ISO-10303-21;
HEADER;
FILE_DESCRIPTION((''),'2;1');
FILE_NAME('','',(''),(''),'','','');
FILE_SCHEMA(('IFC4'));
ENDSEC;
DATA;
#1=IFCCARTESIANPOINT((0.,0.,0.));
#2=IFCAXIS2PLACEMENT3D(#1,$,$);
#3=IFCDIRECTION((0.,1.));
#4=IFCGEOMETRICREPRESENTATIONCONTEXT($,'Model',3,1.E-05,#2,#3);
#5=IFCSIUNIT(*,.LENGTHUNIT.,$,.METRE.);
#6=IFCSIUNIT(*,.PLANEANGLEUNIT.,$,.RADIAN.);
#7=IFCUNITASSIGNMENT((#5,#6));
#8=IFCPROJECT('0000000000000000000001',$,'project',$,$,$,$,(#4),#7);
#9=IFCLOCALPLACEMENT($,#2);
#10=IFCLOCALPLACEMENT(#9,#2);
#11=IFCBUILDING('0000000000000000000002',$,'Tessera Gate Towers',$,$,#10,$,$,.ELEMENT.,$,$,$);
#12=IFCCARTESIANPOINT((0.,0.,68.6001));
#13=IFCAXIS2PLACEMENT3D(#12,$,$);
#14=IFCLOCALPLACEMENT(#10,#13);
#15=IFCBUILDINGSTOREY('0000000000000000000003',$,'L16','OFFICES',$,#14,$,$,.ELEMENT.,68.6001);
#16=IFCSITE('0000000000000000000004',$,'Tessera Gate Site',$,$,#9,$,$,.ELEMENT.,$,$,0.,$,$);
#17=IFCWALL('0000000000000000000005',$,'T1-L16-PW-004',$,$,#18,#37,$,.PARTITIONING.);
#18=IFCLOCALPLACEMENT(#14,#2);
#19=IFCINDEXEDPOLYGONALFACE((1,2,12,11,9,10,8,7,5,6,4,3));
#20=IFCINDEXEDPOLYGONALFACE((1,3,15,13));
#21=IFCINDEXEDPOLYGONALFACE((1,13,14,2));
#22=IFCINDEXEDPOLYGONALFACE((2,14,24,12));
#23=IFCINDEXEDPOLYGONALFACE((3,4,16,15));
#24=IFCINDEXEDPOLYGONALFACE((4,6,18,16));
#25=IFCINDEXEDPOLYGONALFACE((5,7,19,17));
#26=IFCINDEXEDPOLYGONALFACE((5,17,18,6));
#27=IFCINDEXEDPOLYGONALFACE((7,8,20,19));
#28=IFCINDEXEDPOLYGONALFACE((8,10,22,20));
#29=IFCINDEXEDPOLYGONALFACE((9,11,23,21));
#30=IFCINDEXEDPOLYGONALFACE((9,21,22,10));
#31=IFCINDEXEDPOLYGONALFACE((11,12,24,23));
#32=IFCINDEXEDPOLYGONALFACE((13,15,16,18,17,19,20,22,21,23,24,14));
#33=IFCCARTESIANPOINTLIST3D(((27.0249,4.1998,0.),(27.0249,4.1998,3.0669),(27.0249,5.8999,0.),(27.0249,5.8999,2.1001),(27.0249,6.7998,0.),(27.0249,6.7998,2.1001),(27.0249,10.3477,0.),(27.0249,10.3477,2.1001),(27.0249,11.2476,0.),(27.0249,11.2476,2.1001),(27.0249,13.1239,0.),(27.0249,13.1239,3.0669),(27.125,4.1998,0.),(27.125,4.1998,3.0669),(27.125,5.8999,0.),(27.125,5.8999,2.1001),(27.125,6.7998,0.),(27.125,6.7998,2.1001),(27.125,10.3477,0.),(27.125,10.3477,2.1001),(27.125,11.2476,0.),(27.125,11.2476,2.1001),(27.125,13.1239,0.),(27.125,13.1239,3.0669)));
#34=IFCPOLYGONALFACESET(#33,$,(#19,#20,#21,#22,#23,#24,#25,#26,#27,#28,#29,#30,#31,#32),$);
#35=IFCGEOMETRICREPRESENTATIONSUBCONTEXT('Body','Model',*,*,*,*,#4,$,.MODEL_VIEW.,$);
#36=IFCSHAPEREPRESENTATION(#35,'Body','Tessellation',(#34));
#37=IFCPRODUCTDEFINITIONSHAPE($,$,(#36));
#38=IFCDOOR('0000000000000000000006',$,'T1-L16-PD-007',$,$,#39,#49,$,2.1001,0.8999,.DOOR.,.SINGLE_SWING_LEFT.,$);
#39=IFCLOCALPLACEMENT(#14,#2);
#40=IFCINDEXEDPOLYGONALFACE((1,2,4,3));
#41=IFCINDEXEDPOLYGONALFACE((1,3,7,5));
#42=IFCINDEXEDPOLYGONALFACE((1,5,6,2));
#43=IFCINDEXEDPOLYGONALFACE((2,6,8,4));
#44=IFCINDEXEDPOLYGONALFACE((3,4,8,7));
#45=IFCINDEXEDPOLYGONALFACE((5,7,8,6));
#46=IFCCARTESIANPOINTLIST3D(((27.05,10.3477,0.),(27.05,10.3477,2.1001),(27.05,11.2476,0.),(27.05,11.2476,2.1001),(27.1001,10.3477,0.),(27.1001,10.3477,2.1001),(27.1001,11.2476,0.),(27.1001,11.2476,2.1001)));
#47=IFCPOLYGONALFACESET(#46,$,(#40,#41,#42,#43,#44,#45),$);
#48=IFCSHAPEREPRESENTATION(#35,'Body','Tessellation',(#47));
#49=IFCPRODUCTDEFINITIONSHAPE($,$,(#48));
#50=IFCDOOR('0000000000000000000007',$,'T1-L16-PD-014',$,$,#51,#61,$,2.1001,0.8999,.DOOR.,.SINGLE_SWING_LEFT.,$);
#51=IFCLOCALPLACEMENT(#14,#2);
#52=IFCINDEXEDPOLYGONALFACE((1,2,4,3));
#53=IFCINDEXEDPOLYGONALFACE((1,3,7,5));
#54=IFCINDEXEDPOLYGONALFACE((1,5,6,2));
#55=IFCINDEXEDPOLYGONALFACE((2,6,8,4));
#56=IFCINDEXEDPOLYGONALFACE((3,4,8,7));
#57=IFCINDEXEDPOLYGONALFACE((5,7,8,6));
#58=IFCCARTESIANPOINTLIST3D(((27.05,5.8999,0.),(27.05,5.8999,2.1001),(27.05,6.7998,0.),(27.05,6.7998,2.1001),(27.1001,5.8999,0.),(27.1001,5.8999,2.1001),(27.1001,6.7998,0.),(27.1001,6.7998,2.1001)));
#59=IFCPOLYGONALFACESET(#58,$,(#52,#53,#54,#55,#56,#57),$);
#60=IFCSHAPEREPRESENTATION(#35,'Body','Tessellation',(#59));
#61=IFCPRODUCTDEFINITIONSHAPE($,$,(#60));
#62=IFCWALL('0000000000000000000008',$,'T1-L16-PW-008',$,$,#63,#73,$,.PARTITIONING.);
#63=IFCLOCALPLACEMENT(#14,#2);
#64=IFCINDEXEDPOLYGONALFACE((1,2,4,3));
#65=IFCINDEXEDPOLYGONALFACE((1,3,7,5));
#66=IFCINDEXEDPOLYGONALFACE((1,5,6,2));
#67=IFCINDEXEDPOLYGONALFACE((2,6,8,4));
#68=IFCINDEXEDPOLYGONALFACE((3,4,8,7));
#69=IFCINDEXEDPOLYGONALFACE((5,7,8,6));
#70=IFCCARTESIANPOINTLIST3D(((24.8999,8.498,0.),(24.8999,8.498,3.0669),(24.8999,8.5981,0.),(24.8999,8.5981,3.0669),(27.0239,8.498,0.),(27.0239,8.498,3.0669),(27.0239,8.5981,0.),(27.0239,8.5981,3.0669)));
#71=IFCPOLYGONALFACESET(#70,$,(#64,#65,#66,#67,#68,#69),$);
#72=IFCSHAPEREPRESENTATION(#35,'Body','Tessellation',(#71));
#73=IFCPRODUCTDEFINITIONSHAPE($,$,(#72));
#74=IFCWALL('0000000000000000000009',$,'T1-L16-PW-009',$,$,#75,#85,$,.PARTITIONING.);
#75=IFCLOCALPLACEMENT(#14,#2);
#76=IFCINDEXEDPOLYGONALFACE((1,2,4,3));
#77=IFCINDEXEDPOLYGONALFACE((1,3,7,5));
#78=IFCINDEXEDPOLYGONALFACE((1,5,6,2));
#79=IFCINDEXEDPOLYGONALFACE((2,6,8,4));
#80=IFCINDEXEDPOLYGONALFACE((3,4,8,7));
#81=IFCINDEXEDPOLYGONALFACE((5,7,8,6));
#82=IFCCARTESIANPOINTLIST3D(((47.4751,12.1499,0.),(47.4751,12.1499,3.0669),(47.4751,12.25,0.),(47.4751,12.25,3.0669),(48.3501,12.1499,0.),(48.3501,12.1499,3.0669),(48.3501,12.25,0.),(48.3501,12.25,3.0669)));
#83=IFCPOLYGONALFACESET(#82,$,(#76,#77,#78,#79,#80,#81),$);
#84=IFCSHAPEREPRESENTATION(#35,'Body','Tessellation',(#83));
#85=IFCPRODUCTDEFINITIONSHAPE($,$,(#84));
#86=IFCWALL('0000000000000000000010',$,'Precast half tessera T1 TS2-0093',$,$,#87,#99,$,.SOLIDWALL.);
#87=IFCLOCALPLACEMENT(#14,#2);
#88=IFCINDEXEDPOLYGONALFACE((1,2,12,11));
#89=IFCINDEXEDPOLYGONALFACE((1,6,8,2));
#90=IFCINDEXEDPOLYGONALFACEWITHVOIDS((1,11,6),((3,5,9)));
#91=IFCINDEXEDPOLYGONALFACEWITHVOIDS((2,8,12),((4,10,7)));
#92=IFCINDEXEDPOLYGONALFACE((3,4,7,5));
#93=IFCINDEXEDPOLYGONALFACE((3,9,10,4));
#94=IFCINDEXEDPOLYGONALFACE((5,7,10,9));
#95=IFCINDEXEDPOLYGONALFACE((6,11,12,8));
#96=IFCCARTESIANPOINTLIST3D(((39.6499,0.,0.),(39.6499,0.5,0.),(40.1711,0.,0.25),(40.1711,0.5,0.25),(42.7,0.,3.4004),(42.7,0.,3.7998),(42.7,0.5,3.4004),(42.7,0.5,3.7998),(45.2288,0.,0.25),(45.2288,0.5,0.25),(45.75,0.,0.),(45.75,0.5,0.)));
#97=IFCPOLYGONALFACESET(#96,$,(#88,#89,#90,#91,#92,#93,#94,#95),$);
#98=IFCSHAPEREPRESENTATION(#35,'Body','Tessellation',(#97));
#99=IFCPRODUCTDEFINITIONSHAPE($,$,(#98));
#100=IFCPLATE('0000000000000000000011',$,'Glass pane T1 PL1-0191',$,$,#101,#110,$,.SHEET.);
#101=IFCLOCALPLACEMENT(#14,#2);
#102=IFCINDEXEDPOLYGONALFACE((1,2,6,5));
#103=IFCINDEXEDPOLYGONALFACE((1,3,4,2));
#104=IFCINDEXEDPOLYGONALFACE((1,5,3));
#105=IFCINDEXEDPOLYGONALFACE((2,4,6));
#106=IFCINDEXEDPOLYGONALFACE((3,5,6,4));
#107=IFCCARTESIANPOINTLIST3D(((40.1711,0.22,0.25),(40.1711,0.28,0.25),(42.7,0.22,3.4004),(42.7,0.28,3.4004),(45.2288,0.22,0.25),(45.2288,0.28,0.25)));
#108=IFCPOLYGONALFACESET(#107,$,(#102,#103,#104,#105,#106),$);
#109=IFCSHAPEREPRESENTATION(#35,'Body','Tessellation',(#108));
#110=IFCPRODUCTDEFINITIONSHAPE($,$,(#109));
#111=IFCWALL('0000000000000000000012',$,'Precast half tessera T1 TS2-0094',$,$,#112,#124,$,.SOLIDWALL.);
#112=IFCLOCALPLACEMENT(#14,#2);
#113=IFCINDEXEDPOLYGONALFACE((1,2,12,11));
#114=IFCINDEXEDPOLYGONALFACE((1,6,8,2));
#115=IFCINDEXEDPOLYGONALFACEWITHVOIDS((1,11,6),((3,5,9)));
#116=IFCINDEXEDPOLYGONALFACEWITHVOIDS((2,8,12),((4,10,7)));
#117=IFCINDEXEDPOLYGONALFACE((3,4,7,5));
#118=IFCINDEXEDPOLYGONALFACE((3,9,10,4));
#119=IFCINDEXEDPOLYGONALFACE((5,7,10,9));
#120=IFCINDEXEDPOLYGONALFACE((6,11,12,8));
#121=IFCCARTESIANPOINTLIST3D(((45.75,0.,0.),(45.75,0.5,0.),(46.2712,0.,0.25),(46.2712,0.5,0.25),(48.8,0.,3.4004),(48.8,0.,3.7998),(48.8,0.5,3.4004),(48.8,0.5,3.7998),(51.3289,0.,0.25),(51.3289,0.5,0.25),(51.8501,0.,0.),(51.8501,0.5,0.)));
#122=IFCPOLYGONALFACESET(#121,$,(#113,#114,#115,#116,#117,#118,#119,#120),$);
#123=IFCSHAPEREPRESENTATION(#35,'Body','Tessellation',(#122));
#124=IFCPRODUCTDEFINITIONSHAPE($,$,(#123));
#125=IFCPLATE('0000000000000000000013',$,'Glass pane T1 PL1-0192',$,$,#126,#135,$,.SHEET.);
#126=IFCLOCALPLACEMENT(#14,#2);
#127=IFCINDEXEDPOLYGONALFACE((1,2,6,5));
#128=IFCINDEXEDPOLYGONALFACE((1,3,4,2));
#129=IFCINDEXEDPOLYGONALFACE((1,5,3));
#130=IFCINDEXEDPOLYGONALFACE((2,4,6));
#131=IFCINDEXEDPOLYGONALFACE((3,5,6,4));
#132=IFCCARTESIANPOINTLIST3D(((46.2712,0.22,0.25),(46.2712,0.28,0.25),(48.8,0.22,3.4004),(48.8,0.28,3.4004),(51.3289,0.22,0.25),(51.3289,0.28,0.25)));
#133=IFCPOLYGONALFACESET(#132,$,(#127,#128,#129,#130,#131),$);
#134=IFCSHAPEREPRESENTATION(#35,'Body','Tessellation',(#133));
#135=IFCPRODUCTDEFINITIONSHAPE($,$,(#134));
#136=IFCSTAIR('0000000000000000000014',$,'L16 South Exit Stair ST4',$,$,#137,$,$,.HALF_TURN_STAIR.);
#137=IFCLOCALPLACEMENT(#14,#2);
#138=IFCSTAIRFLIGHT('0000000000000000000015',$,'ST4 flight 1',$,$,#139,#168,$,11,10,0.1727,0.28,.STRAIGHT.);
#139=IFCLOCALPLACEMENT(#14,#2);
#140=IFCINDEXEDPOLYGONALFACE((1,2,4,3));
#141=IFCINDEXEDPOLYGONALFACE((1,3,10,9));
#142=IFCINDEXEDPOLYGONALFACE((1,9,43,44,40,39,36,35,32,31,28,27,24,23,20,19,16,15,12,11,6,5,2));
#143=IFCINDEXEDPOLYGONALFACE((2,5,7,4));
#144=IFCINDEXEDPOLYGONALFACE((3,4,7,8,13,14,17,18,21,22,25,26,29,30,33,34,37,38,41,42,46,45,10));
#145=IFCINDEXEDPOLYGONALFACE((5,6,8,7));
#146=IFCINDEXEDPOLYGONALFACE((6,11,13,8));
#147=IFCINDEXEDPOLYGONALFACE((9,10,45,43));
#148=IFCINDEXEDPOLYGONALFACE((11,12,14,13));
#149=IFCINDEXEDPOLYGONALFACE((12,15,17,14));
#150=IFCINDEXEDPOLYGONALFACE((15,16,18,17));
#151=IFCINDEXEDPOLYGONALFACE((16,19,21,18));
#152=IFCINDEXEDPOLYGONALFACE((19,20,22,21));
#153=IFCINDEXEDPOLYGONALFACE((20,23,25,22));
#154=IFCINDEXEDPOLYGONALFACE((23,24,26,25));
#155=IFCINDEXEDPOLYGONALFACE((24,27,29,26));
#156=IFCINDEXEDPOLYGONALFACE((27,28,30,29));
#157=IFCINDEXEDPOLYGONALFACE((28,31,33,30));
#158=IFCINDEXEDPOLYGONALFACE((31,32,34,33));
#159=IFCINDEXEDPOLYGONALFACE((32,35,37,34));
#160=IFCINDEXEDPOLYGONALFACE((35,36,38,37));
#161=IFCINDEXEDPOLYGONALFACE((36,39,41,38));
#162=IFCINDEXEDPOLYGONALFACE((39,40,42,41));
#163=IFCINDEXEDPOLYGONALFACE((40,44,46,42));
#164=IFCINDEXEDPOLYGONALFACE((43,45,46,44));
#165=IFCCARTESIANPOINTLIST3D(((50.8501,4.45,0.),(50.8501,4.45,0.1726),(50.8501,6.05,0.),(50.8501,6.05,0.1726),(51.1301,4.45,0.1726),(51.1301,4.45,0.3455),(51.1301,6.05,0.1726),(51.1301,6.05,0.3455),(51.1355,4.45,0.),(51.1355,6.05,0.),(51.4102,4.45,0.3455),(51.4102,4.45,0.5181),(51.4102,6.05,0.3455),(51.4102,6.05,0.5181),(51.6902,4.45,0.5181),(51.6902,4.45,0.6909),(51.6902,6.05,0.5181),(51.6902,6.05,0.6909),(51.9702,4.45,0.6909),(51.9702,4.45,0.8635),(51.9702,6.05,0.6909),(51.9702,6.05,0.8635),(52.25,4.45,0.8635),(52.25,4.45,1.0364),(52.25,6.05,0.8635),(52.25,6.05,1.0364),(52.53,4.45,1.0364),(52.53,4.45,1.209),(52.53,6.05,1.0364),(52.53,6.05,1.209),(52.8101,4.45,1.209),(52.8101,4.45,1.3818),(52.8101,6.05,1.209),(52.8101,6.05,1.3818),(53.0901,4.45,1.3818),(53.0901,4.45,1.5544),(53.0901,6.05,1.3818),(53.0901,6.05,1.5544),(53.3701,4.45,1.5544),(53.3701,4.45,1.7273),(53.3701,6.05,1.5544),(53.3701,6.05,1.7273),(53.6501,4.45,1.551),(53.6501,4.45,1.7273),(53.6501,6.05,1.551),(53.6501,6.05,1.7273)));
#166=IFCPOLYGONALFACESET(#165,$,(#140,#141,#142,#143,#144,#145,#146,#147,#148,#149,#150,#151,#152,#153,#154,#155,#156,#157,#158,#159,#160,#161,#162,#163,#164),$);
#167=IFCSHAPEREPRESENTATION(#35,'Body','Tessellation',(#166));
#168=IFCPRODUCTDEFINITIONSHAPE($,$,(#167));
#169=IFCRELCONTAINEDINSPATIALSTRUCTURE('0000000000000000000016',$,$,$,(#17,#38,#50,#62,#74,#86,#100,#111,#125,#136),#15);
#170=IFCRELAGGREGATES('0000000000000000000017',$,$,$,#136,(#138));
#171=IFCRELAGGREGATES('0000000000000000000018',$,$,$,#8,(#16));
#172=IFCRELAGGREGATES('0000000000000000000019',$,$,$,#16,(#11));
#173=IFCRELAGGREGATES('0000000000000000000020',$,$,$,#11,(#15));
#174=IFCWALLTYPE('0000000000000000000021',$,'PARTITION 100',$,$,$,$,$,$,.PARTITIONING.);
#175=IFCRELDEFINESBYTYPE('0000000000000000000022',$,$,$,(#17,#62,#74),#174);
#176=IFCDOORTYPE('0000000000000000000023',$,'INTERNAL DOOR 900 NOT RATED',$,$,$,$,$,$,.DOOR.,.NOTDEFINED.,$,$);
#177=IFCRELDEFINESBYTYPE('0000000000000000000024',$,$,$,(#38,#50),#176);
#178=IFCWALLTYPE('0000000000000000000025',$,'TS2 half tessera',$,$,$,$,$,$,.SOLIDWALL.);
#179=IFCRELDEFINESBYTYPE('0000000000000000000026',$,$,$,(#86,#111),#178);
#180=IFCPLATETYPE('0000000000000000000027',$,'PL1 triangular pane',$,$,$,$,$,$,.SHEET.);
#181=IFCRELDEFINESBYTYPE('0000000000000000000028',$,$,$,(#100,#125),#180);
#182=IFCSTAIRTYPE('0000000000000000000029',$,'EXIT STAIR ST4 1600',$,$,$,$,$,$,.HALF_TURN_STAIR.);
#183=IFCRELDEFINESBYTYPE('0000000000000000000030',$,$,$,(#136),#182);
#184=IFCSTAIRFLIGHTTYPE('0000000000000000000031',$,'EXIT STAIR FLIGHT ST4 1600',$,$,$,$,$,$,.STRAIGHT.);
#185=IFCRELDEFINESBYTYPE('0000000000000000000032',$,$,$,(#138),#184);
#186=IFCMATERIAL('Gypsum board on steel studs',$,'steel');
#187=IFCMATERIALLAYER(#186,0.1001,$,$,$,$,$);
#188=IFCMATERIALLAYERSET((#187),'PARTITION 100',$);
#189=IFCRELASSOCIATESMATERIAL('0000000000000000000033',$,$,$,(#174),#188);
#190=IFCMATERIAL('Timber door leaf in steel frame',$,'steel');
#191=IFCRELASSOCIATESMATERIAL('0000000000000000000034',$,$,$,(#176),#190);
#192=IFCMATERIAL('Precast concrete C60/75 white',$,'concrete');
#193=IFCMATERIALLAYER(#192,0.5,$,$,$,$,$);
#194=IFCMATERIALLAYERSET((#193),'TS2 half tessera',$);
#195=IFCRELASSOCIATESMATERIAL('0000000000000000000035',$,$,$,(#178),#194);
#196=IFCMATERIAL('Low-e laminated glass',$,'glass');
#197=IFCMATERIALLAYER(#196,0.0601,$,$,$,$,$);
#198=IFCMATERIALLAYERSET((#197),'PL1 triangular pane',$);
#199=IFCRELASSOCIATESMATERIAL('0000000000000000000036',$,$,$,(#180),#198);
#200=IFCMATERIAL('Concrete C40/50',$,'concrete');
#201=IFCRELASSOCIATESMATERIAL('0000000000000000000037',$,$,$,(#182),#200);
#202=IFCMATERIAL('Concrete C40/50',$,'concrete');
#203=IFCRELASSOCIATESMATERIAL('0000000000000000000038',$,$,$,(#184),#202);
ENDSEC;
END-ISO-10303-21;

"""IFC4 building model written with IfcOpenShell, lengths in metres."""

from ifc_helpers import new_model, si_unit, direction, frame, frame_2d, origin, place, context, subcontext, project, spatial, polyline, rectangle, outline, extrude, source, transform, mapped, material, layer, layer_set, type_object, element, fill, aggregate, save


model = new_model("IFC4")

# Units and contexts
model_context = context("Model", 3, precision=1e-05, world=origin(), true_north=direction((0.0, 1.0)))
body_context = subcontext(model_context, "Body", "Model", "MODEL_VIEW")
ifc_project = project(units=[si_unit("LENGTHUNIT", "METRE"), si_unit("PLANEANGLEUNIT", "RADIAN")], contexts=[model_context])

# Site, building, storey
site_placement = place(None, origin())
site = spatial("IfcSite", under=ifc_project, at=site_placement, Name="Tessera Gate Site", CompositionType="ELEMENT", RefElevation=0.0)
building_placement = place(site_placement, origin())
building = spatial("IfcBuilding", under=site, at=building_placement, Name="Tessera Gate Towers", CompositionType="ELEMENT")
storey_placement = place(building_placement, frame((0.0, 0.0, 68.6001)))
storey = spatial("IfcBuildingStorey", under=building, at=storey_placement, Name="L16", Description="OFFICES", CompositionType="ELEMENT", Elevation=68.6001)

# Shared definitions
shared_shape_1 = source(origin(), body_context, "Body", "SweptSolid", [
    extrude(rectangle(XDim=0.8999, YDim=2.1001, at=frame_2d((0.45, 1.05))), frame((0.0, 0.0249, 0.0), z_axis=(0.0, -1.0, 0.0), x_axis=(1.0, 0.0, 0.0)), (0.0, 0.0, 1.0), 0.05),
])

# Shared definitions
ifc_material_1 = material(Name="Gypsum board on steel studs", Category="steel")
ifc_layer_1 = layer(ifc_material_1, 0.1001)
ifc_layer_set_1 = layer_set([ifc_layer_1], Name="PARTITION 100")
wall_type_1 = type_object("IfcWallType", Name="PARTITION 100", PredefinedType="PARTITIONING", material=ifc_layer_set_1)

# Wall, openings, doors
wall_1_placement = place(storey_placement, frame((27.075, 4.2, 0.0), z_axis=(0.0, 0.0, 1.0), x_axis=(0.0, 1.0, 0.0)))
wall_1 = element("IfcWall", 1, at=wall_1_placement, inside=storey, type_object=wall_type_1, Name="T1-L16-PW-004", PredefinedType="PARTITIONING", context=body_context, shape_type="SweptSolid", body=[
    extrude(rectangle(XDim=8.9241, YDim=0.1001, at=frame_2d((4.4619, 0.0))), origin(), (0.0, 0.0, 1.0), 3.0669),
])
shared_shape_2 = source(origin(), body_context, "Body", "SweptSolid", [
    extrude(rectangle(XDim=0.8999, YDim=2.1001, at=frame_2d((0.45, 1.05))), frame((0.0, 0.0601, 0.0), z_axis=(0.0, -1.0, 0.0), x_axis=(1.0, 0.0, 0.0)), (0.0, 0.0, 1.0), 0.1201),
])
opening_1_placement = place(wall_1_placement, frame((6.1477, 0.0, 0.0)))
opening_1 = element("IfcOpeningElement", 2, at=opening_1_placement, cuts=wall_1, PredefinedType="OPENING", context=body_context, shape_type="MappedRepresentation", body=[
    mapped(shared_shape_2, transform((0.0, 0.0, 0.0), scale=1.0)),
])
opening_2_placement = place(wall_1_placement, frame((1.7, 0.0, 0.0)))
opening_2 = element("IfcOpeningElement", 3, at=opening_2_placement, cuts=wall_1, PredefinedType="OPENING", context=body_context, shape_type="MappedRepresentation", body=[
    mapped(shared_shape_2, transform((0.0, 0.0, 0.0), scale=1.0)),
])
ifc_material_2 = material(Name="Timber door leaf in steel frame", Category="steel")
door_type_1 = type_object("IfcDoorType", Name="INTERNAL DOOR 900 NOT RATED", OperationType="NOTDEFINED", PredefinedType="DOOR", material=ifc_material_2)
door_1_placement = place(opening_1_placement, origin())
door_1 = element("IfcDoor", 4, at=door_1_placement, inside=storey, type_object=door_type_1, Name="T1-L16-PD-007", OperationType="SINGLE_SWING_LEFT", OverallHeight=2.1001, OverallWidth=0.8999, PredefinedType="DOOR", context=body_context, shape_type="MappedRepresentation", body=[
    mapped(shared_shape_1, transform((0.0, 0.0, 0.0), scale=1.0)),
])
fill(opening_1, door_1)
door_2_placement = place(opening_2_placement, origin())
door_2 = element("IfcDoor", 5, at=door_2_placement, inside=storey, type_object=door_type_1, Name="T1-L16-PD-014", OperationType="SINGLE_SWING_LEFT", OverallHeight=2.1001, OverallWidth=0.8999, PredefinedType="DOOR", context=body_context, shape_type="MappedRepresentation", body=[
    mapped(shared_shape_1, transform((0.0, 0.0, 0.0), scale=1.0)),
])
fill(opening_2, door_2)

# Walls
wall_2_placement = place(storey_placement, frame((24.8999, 8.5481, 0.0), z_axis=(0.0, 0.0, 1.0), x_axis=(1.0, 0.0, 0.0)))
element("IfcWall", 6, at=wall_2_placement, inside=storey, type_object=wall_type_1, Name="T1-L16-PW-008", PredefinedType="PARTITIONING", context=body_context, shape_type="SweptSolid", body=[
    extrude(rectangle(XDim=2.124, YDim=0.1001, at=frame_2d((1.062, 0.0))), origin(), (0.0, 0.0, 1.0), 3.0669),
])
wall_3_placement = place(storey_placement, frame((48.3501, 12.2, 0.0), z_axis=(0.0, 0.0, 1.0), x_axis=(-1.0, 0.0, 0.0)))
element("IfcWall", 7, at=wall_3_placement, inside=storey, type_object=wall_type_1, Name="T1-L16-PW-009", PredefinedType="PARTITIONING", context=body_context, shape_type="SweptSolid", body=[
    extrude(rectangle(XDim=0.875, YDim=0.1001, at=frame_2d((0.4375, 0.0))), origin(), (0.0, 0.0, 1.0), 3.0669),
])

# Walls, openings, plates
ifc_material_3 = material(Name="Precast concrete C60/75 white", Category="concrete")
ifc_layer_2 = layer(ifc_material_3, 0.5)
ifc_layer_set_2 = layer_set([ifc_layer_2], Name="TS2 half tessera")
wall_type_2 = type_object("IfcWallType", Name="TS2 half tessera", PredefinedType="SOLIDWALL", material=ifc_layer_set_2)
shared_shape_3 = source(origin(), body_context, "Body", "SweptSolid", [
    extrude(outline(polyline([(6.1001, 0.0), (3.05, 3.7998), (0.0, 0.0), (6.1001, 0.0)])), frame((0.0, 0.25, 0.0), z_axis=(0.0, -1.0, 0.0), x_axis=(1.0, 0.0, 0.0)), (0.0, 0.0, 1.0), 0.5),
])
wall_4_placement = place(storey_placement, frame((39.6499, 0.25, 0.0), z_axis=(0.0, 0.0, 1.0), x_axis=(1.0, 0.0, 0.0)))
wall_4 = element("IfcWall", 8, at=wall_4_placement, inside=storey, type_object=wall_type_2, Name="Precast half tessera T1 TS2-0093", PredefinedType="SOLIDWALL", context=body_context, shape_type="MappedRepresentation", body=[
    mapped(shared_shape_3, transform((0.0, 0.0, 0.0), scale=1.0)),
])
shared_shape_4 = source(origin(), body_context, "Body", "SweptSolid", [
    extrude(outline(polyline([(5.5789, 0.25), (3.05, 3.4004), (0.5212, 0.25), (5.5789, 0.25)])), frame((0.0, 0.26, 0.0), z_axis=(0.0, -1.0, 0.0), x_axis=(1.0, 0.0, 0.0)), (0.0, 0.0, 1.0), 0.52),
])
opening_3_placement = place(wall_4_placement, origin())
opening_3 = element("IfcOpeningElement", 9, at=opening_3_placement, cuts=wall_4, PredefinedType="OPENING", context=body_context, shape_type="MappedRepresentation", body=[
    mapped(shared_shape_4, transform((0.0, 0.0, 0.0), scale=1.0)),
])
ifc_material_4 = material(Name="Low-e laminated glass", Category="glass")
ifc_layer_3 = layer(ifc_material_4, 0.0601)
ifc_layer_set_3 = layer_set([ifc_layer_3], Name="PL1 triangular pane")
plate_type = type_object("IfcPlateType", Name="PL1 triangular pane", PredefinedType="SHEET", material=ifc_layer_set_3)
shared_shape_5 = source(origin(), body_context, "Body", "SweptSolid", [
    extrude(outline(polyline([(5.5789, 0.25), (3.05, 3.4004), (0.5212, 0.25), (5.5789, 0.25)])), frame((0.0, 0.03, 0.0), z_axis=(0.0, -1.0, 0.0), x_axis=(1.0, 0.0, 0.0)), (0.0, 0.0, 1.0), 0.0601),
])
plate_1_placement = place(opening_3_placement, origin())
plate_1 = element("IfcPlate", 10, at=plate_1_placement, inside=storey, type_object=plate_type, Name="Glass pane T1 PL1-0191", PredefinedType="SHEET", context=body_context, shape_type="MappedRepresentation", body=[
    mapped(shared_shape_5, transform((0.0, 0.0, 0.0), scale=1.0)),
])
fill(opening_3, plate_1)
wall_5_placement = place(storey_placement, frame((45.75, 0.25, 0.0), z_axis=(0.0, 0.0, 1.0), x_axis=(1.0, 0.0, 0.0)))
wall_5 = element("IfcWall", 11, at=wall_5_placement, inside=storey, type_object=wall_type_2, Name="Precast half tessera T1 TS2-0094", PredefinedType="SOLIDWALL", context=body_context, shape_type="MappedRepresentation", body=[
    mapped(shared_shape_3, transform((0.0, 0.0, 0.0), scale=1.0)),
])
opening_4_placement = place(wall_5_placement, origin())
opening_4 = element("IfcOpeningElement", 12, at=opening_4_placement, cuts=wall_5, PredefinedType="OPENING", context=body_context, shape_type="MappedRepresentation", body=[
    mapped(shared_shape_4, transform((0.0, 0.0, 0.0), scale=1.0)),
])
plate_2_placement = place(opening_4_placement, origin())
plate_2 = element("IfcPlate", 13, at=plate_2_placement, inside=storey, type_object=plate_type, Name="Glass pane T1 PL1-0192", PredefinedType="SHEET", context=body_context, shape_type="MappedRepresentation", body=[
    mapped(shared_shape_5, transform((0.0, 0.0, 0.0), scale=1.0)),
])
fill(opening_4, plate_2)

# Stair, stair flight
ifc_material_5 = material(Name="Concrete C40/50", Category="concrete")
stair_type = type_object("IfcStairType", Name="EXIT STAIR ST4 1600", PredefinedType="HALF_TURN_STAIR", material=ifc_material_5)
stair_placement = place(storey_placement, origin())
stair = element("IfcStair", 14, at=stair_placement, inside=storey, type_object=stair_type, Name="L16 South Exit Stair ST4", PredefinedType="HALF_TURN_STAIR")
ifc_material_6 = material(Name="Concrete C40/50", Category="concrete")
stair_flight_type = type_object("IfcStairFlightType", Name="EXIT STAIR FLIGHT ST4 1600", PredefinedType="STRAIGHT", material=ifc_material_6)
stair_flight_placement = place(storey_placement, frame((50.8501, 5.25, 0.0), z_axis=(0.0, 0.0, 1.0), x_axis=(1.0, 0.0, 0.0)))
stair_flight = element("IfcStairFlight", 15, at=stair_flight_placement, type_object=stair_flight_type, Name="ST4 flight 1", NumberOfRisers=11, NumberOfTreads=10, PredefinedType="STRAIGHT", RiserHeight=0.1727, TreadLength=0.28, context=body_context, shape_type="SweptSolid", body=[
    extrude(outline(polyline([(0.0, 0.0), (0.0, 0.1726), (0.28, 0.1726), (0.28, 0.3455), (0.5601, 0.3455), (0.5601, 0.5181), (0.8401, 0.5181), (0.8401, 0.6909), (1.1201, 0.6909), (1.1201, 0.8635), (1.3999, 0.8635), (1.3999, 1.0364), (1.6799, 1.0364), (1.6799, 1.209), (1.96, 1.209), (1.96, 1.3818), (2.24, 1.3818), (2.24, 1.5544), (2.52, 1.5544), (2.52, 1.7273), (2.8, 1.7273), (2.8, 1.8999), (2.8, 1.551), (0.2854, 0.0), (0.0, 0.0)])), frame((0.0, 0.8, 0.0), z_axis=(0.0, -1.0, 0.0), x_axis=(1.0, 0.0, 0.0)), (0.0, 0.0, 1.0), 1.6001),
])
aggregate(stair, [stair_flight])

save(model, "model.ifc")
